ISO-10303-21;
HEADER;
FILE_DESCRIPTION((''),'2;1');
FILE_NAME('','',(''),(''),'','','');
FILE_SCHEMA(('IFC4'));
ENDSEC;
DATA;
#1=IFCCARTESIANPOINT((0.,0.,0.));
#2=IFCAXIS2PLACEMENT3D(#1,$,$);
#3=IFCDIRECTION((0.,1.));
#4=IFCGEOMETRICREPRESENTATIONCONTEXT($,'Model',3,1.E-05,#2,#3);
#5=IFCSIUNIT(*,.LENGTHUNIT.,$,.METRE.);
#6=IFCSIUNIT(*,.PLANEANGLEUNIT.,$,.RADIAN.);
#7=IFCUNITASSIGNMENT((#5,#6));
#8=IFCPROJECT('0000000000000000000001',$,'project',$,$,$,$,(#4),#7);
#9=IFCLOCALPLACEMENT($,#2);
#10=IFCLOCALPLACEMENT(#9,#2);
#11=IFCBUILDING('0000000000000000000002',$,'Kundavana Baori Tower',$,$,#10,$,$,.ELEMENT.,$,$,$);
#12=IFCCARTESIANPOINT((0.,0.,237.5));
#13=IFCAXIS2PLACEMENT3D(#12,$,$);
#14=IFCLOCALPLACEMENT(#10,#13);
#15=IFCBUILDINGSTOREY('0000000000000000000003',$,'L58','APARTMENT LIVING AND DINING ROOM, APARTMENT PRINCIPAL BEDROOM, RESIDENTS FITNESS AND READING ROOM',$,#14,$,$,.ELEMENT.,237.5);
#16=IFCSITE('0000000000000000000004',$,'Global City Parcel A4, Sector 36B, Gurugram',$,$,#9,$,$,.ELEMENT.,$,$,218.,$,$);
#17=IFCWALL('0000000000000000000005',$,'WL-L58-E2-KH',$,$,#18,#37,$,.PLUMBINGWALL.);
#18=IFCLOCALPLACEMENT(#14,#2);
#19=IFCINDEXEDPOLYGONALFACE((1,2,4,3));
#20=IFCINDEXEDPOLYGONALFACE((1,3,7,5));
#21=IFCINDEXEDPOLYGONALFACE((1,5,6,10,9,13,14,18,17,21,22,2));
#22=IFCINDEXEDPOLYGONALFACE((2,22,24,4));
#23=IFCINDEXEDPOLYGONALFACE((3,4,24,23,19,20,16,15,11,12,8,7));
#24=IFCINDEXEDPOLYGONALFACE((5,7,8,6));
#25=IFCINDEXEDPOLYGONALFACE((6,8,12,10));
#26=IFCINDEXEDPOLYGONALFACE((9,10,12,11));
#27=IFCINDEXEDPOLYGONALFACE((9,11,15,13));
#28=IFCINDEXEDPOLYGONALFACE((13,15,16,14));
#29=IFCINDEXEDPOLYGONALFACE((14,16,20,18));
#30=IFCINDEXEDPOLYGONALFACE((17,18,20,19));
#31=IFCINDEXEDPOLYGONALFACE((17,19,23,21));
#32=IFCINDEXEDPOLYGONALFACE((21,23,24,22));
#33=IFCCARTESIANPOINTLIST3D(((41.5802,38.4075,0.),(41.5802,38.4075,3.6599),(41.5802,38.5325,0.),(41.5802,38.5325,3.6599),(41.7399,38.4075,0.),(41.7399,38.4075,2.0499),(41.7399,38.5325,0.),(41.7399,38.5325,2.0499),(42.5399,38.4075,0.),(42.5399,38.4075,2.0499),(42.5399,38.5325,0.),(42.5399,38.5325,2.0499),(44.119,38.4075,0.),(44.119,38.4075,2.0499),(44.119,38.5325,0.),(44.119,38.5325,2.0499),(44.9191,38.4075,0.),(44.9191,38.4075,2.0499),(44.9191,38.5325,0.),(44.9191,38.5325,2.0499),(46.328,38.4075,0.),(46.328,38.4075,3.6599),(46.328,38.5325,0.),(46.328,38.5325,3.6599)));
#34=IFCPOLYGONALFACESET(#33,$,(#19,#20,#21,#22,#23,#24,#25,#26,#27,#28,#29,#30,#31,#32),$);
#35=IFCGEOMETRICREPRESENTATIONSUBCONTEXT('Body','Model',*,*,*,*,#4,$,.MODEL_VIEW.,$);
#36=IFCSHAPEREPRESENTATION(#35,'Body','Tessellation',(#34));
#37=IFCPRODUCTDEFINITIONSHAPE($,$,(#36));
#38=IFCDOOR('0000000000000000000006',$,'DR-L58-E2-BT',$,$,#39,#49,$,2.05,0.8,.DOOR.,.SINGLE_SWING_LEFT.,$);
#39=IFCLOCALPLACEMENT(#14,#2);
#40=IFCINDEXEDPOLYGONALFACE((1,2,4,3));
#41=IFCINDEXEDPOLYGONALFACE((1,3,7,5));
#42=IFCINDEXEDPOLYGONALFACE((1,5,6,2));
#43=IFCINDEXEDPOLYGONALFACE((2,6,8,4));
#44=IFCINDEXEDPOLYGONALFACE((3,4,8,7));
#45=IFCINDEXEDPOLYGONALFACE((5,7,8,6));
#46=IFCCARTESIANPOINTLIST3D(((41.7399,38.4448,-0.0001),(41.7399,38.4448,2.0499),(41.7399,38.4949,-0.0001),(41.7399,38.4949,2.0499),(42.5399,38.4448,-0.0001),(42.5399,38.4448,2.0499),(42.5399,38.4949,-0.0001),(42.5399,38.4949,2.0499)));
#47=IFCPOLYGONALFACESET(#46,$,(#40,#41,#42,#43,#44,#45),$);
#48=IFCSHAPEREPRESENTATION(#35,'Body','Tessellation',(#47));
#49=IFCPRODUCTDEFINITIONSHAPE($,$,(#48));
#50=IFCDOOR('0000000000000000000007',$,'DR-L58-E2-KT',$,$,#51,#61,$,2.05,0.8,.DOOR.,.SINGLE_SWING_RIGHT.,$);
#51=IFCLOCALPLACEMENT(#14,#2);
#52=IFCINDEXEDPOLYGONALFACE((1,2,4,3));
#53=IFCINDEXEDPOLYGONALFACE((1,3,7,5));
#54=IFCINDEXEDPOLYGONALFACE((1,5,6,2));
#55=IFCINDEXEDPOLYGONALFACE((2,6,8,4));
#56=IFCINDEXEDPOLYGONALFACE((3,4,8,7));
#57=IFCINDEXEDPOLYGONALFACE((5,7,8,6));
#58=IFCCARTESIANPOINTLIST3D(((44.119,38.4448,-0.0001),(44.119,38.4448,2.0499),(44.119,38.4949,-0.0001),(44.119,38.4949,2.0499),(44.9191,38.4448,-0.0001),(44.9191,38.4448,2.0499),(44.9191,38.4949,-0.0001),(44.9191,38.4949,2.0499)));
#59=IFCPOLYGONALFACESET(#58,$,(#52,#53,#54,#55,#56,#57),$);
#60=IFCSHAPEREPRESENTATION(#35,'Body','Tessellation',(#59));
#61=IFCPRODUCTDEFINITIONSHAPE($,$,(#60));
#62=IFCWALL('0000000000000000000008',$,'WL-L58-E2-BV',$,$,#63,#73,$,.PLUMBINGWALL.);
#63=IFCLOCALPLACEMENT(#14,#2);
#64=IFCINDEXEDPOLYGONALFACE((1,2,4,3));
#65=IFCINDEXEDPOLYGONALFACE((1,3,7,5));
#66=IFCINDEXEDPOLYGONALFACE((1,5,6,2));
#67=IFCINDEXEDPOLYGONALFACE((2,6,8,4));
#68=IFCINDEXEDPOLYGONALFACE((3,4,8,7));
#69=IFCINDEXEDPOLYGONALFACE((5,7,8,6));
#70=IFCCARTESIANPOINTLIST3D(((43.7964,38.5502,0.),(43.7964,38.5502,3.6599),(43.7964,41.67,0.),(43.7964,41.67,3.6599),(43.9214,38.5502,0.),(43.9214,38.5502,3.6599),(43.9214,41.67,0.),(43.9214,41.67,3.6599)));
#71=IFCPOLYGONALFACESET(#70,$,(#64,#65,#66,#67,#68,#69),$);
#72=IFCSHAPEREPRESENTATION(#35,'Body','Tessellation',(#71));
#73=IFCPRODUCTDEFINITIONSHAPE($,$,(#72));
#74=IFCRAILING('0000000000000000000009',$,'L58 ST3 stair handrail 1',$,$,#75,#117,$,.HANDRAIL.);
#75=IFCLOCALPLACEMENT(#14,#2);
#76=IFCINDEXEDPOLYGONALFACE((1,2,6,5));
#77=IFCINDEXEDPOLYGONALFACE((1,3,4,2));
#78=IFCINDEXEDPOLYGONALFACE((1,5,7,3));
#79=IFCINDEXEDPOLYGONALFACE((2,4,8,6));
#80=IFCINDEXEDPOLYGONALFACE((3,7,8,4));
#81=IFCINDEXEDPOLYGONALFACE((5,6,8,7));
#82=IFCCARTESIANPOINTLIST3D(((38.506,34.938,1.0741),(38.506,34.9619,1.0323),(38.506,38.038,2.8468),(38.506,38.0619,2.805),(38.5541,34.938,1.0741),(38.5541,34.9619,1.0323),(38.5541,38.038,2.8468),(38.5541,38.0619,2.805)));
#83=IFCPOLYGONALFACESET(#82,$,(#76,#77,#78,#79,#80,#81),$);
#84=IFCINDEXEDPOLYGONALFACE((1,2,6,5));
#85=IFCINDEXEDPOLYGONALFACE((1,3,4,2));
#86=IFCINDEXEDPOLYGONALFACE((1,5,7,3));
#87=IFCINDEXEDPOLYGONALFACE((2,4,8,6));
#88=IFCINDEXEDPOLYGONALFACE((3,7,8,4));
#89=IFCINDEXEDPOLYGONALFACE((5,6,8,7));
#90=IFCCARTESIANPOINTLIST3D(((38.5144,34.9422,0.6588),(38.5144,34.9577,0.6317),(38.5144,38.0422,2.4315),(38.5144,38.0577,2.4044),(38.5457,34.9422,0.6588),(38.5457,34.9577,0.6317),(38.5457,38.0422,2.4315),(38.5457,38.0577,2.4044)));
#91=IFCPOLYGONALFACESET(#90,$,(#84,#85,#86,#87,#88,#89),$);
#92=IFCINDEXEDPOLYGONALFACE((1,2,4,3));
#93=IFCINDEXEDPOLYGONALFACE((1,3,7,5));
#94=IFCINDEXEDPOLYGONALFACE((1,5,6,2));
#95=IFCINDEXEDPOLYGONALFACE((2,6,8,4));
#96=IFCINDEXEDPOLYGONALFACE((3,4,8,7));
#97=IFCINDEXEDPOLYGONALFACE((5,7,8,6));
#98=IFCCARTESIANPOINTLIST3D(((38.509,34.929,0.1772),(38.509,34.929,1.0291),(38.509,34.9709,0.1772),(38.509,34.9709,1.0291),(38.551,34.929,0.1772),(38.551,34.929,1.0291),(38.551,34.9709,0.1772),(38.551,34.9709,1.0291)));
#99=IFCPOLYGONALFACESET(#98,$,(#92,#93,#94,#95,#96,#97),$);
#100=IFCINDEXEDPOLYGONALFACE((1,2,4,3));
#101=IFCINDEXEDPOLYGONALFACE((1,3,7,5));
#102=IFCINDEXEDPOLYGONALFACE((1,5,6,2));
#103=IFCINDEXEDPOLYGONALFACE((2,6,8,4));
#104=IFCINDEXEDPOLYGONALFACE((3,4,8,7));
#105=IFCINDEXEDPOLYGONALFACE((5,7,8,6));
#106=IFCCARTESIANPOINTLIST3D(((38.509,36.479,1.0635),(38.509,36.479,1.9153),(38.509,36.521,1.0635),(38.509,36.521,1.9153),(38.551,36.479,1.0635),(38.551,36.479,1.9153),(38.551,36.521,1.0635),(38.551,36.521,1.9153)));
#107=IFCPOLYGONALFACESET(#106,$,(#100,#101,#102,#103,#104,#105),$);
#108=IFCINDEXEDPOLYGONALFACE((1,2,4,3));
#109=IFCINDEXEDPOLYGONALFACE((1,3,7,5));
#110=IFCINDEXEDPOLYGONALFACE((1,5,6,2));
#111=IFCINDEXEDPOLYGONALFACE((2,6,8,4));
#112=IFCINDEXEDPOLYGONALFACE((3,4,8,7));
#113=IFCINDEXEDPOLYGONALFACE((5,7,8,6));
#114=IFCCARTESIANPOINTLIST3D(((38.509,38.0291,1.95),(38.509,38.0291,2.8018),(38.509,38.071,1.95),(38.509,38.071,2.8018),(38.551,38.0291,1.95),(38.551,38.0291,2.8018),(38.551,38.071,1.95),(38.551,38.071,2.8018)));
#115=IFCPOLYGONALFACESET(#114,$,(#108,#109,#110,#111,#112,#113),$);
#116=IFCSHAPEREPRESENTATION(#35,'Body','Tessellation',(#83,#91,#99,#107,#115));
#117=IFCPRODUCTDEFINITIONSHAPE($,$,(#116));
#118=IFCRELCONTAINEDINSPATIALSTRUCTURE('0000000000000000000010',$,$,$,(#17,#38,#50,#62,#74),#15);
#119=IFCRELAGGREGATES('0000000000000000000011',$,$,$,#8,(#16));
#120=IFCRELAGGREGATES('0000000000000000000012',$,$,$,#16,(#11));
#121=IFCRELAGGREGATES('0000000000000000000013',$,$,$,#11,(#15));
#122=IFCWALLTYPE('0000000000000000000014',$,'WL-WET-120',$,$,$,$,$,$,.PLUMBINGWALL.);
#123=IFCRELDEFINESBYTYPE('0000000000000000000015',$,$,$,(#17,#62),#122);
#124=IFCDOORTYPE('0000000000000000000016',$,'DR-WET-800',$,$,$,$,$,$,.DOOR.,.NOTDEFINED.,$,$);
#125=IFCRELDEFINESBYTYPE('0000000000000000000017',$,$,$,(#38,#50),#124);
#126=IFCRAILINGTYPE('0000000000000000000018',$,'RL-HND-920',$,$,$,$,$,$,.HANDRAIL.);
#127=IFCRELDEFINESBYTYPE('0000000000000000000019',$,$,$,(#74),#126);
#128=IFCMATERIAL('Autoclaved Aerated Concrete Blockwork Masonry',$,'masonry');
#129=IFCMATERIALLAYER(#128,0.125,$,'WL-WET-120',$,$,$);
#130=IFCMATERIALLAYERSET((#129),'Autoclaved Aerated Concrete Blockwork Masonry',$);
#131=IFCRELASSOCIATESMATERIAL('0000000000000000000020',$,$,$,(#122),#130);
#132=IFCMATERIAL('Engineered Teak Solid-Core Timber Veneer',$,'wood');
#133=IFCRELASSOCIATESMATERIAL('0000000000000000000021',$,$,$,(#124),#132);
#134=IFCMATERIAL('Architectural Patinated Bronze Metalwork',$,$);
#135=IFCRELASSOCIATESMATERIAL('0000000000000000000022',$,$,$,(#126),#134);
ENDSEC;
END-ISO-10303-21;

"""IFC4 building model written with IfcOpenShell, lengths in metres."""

from ifc_helpers import new_model, si_unit, direction, frame, frame_2d, origin, origin_2d, place, context, subcontext, project, spatial, rectangle, extrude, material, layer, layer_set, type_object, element, fill, save


model = new_model("IFC4")

# Units and contexts
model_context = context("Model", 3, precision=1e-05, world=origin(), true_north=direction((0.0, 1.0)))
body_context = subcontext(model_context, "Body", "Model", "MODEL_VIEW")
ifc_project = project(units=[si_unit("LENGTHUNIT", "METRE"), si_unit("PLANEANGLEUNIT", "RADIAN")], contexts=[model_context])

# Site, building, storey
site_placement = place(None, origin())
site = spatial("IfcSite", under=ifc_project, at=site_placement, Name="Global City Parcel A4, Sector 36B, Gurugram", CompositionType="ELEMENT", RefElevation=218.0)
building_placement = place(site_placement, origin())
building = spatial("IfcBuilding", under=site, at=building_placement, Name="Kundavana Baori Tower", CompositionType="ELEMENT")
storey_placement = place(building_placement, frame((0.0, 0.0, 237.5)))
storey = spatial("IfcBuildingStorey", under=building, at=storey_placement, Name="L58", Description="APARTMENT LIVING AND DINING ROOM, APARTMENT PRINCIPAL BEDROOM, RESIDENTS FITNESS AND READING ROOM", CompositionType="ELEMENT", Elevation=237.5)

# Wall, openings, doors
ifc_material_1 = material(Name="Autoclaved Aerated Concrete Blockwork Masonry", Category="masonry")
ifc_layer_1 = layer(ifc_material_1, 0.125, Name="WL-WET-120")
ifc_layer_set_1 = layer_set([ifc_layer_1], Name="Autoclaved Aerated Concrete Blockwork Masonry")
wall_type_1 = type_object("IfcWallType", Name="WL-WET-120", PredefinedType="PLUMBINGWALL", material=ifc_layer_set_1)
wall_1_placement = place(storey_placement, frame((41.5801, 38.47, 0.0), z_axis=(0.0, 0.0, 1.0), x_axis=(1.0, 0.0, 0.0)))
wall_1 = element("IfcWall", 1, at=wall_1_placement, inside=storey, type_object=wall_type_1, Name="WL-L58-E2-KH", PredefinedType="PLUMBINGWALL", context=body_context, shape_type="SweptSolid", body=[
    extrude(rectangle(XDim=4.7478, YDim=0.125, at=frame_2d((2.374, 0.0))), origin(), (0.0, 0.0, 1.0), 3.6599),
])
opening_1_placement = place(wall_1_placement, frame((0.1599, 0.0, 0.0)))
opening_1 = element("IfcOpeningElement", 2, at=opening_1_placement, cuts=wall_1, PredefinedType="OPENING", context=body_context, shape_type="SweptSolid", body=[
    extrude(rectangle(XDim=0.8, YDim=2.05, at=frame_2d((0.3999, 1.0249))), frame((0.0, 0.0725, 0.0), z_axis=(0.0, -1.0, 0.0), x_axis=(1.0, 0.0, 0.0)), (0.0, 0.0, 1.0), 0.145),
])
opening_2_placement = place(wall_1_placement, frame((2.5391, 0.0, 0.0)))
opening_2 = element("IfcOpeningElement", 3, at=opening_2_placement, cuts=wall_1, PredefinedType="OPENING", context=body_context, shape_type="SweptSolid", body=[
    extrude(rectangle(XDim=0.8, YDim=2.05, at=frame_2d((0.3999, 1.0249))), frame((0.0, 0.0725, 0.0), z_axis=(0.0, -1.0, 0.0), x_axis=(1.0, 0.0, 0.0)), (0.0, 0.0, 1.0), 0.145),
])
ifc_material_2 = material(Name="Engineered Teak Solid-Core Timber Veneer", Category="wood")
door_type_1 = type_object("IfcDoorType", Name="DR-WET-800", OperationType="NOTDEFINED", PredefinedType="DOOR", material=ifc_material_2)
door_1_placement = place(opening_1_placement, origin())
door_1 = element("IfcDoor", 4, at=door_1_placement, inside=storey, type_object=door_type_1, Name="DR-L58-E2-BT", OperationType="SINGLE_SWING_LEFT", OverallHeight=2.05, OverallWidth=0.8, PredefinedType="DOOR", context=body_context, shape_type="SweptSolid", body=[
    extrude(rectangle(XDim=0.8, YDim=2.05, at=frame_2d((0.3999, 1.0249))), frame((0.0, 0.0249, 0.0), z_axis=(0.0, -1.0, 0.0), x_axis=(1.0, 0.0, 0.0)), (0.0, 0.0, 1.0), 0.05),
])
fill(opening_1, door_1)
door_2_placement = place(opening_2_placement, origin())
door_2 = element("IfcDoor", 5, at=door_2_placement, inside=storey, type_object=door_type_1, Name="DR-L58-E2-KT", OperationType="SINGLE_SWING_RIGHT", OverallHeight=2.05, OverallWidth=0.8, PredefinedType="DOOR", context=body_context, shape_type="SweptSolid", body=[
    extrude(rectangle(XDim=0.8, YDim=2.05, at=frame_2d((0.3999, 1.0249))), frame((0.0, 0.0249, 0.0), z_axis=(0.0, -1.0, 0.0), x_axis=(1.0, 0.0, 0.0)), (0.0, 0.0, 1.0), 0.05),
])
fill(opening_2, door_2)

# Wall
wall_2_placement = place(storey_placement, frame((43.8589, 38.55, 0.0), z_axis=(0.0, 0.0, 1.0), x_axis=(0.0, 1.0, 0.0)))
element("IfcWall", 6, at=wall_2_placement, inside=storey, type_object=wall_type_1, Name="WL-L58-E2-BV", PredefinedType="PLUMBINGWALL", context=body_context, shape_type="SweptSolid", body=[
    extrude(rectangle(XDim=3.1199, YDim=0.125, at=frame_2d((1.5601, 0.0))), origin(), (0.0, 0.0, 1.0), 3.6599),
])

# Railing
ifc_material_3 = material(Name="Architectural Patinated Bronze Metalwork")
railing_type_1 = type_object("IfcRailingType", Name="RL-HND-920", PredefinedType="HANDRAIL", material=ifc_material_3)
railing_1_placement = place(storey_placement, frame((38.53, 34.95, 0.1772)))
element("IfcRailing", 7, at=railing_1_placement, inside=storey, type_object=railing_type_1, Name="L58 ST3 stair handrail 1", PredefinedType="HANDRAIL", context=body_context, shape_type="SweptSolid", body=[
    extrude(rectangle(XDim=0.0481, YDim=0.0481, at=origin_2d()), frame((0.0, 0.0, 0.876), z_axis=(0.0, 0.868096, 0.496397), x_axis=(-1.0, 0.0, 0.0)), (0.0, 0.0, 1.0), 3.571),
    extrude(rectangle(XDim=0.0312, YDim=0.0312, at=origin_2d()), frame((0.0, 0.0, 0.468), z_axis=(0.0, 0.868096, 0.496397), x_axis=(-1.0, 0.0, 0.0)), (0.0, 0.0, 1.0), 3.571),
    extrude(rectangle(XDim=0.042, YDim=0.042, at=origin_2d()), origin(), (0.0, 0.0, 1.0), 0.8518),
    extrude(rectangle(XDim=0.042, YDim=0.042, at=origin_2d()), frame((0.0, 1.55, 0.8862)), (0.0, 0.0, 1.0), 0.8518),
    extrude(rectangle(XDim=0.042, YDim=0.042, at=origin_2d()), frame((0.0, 3.1001, 1.7727)), (0.0, 0.0, 1.0), 0.8518),
])

save(model, "model.ifc")
